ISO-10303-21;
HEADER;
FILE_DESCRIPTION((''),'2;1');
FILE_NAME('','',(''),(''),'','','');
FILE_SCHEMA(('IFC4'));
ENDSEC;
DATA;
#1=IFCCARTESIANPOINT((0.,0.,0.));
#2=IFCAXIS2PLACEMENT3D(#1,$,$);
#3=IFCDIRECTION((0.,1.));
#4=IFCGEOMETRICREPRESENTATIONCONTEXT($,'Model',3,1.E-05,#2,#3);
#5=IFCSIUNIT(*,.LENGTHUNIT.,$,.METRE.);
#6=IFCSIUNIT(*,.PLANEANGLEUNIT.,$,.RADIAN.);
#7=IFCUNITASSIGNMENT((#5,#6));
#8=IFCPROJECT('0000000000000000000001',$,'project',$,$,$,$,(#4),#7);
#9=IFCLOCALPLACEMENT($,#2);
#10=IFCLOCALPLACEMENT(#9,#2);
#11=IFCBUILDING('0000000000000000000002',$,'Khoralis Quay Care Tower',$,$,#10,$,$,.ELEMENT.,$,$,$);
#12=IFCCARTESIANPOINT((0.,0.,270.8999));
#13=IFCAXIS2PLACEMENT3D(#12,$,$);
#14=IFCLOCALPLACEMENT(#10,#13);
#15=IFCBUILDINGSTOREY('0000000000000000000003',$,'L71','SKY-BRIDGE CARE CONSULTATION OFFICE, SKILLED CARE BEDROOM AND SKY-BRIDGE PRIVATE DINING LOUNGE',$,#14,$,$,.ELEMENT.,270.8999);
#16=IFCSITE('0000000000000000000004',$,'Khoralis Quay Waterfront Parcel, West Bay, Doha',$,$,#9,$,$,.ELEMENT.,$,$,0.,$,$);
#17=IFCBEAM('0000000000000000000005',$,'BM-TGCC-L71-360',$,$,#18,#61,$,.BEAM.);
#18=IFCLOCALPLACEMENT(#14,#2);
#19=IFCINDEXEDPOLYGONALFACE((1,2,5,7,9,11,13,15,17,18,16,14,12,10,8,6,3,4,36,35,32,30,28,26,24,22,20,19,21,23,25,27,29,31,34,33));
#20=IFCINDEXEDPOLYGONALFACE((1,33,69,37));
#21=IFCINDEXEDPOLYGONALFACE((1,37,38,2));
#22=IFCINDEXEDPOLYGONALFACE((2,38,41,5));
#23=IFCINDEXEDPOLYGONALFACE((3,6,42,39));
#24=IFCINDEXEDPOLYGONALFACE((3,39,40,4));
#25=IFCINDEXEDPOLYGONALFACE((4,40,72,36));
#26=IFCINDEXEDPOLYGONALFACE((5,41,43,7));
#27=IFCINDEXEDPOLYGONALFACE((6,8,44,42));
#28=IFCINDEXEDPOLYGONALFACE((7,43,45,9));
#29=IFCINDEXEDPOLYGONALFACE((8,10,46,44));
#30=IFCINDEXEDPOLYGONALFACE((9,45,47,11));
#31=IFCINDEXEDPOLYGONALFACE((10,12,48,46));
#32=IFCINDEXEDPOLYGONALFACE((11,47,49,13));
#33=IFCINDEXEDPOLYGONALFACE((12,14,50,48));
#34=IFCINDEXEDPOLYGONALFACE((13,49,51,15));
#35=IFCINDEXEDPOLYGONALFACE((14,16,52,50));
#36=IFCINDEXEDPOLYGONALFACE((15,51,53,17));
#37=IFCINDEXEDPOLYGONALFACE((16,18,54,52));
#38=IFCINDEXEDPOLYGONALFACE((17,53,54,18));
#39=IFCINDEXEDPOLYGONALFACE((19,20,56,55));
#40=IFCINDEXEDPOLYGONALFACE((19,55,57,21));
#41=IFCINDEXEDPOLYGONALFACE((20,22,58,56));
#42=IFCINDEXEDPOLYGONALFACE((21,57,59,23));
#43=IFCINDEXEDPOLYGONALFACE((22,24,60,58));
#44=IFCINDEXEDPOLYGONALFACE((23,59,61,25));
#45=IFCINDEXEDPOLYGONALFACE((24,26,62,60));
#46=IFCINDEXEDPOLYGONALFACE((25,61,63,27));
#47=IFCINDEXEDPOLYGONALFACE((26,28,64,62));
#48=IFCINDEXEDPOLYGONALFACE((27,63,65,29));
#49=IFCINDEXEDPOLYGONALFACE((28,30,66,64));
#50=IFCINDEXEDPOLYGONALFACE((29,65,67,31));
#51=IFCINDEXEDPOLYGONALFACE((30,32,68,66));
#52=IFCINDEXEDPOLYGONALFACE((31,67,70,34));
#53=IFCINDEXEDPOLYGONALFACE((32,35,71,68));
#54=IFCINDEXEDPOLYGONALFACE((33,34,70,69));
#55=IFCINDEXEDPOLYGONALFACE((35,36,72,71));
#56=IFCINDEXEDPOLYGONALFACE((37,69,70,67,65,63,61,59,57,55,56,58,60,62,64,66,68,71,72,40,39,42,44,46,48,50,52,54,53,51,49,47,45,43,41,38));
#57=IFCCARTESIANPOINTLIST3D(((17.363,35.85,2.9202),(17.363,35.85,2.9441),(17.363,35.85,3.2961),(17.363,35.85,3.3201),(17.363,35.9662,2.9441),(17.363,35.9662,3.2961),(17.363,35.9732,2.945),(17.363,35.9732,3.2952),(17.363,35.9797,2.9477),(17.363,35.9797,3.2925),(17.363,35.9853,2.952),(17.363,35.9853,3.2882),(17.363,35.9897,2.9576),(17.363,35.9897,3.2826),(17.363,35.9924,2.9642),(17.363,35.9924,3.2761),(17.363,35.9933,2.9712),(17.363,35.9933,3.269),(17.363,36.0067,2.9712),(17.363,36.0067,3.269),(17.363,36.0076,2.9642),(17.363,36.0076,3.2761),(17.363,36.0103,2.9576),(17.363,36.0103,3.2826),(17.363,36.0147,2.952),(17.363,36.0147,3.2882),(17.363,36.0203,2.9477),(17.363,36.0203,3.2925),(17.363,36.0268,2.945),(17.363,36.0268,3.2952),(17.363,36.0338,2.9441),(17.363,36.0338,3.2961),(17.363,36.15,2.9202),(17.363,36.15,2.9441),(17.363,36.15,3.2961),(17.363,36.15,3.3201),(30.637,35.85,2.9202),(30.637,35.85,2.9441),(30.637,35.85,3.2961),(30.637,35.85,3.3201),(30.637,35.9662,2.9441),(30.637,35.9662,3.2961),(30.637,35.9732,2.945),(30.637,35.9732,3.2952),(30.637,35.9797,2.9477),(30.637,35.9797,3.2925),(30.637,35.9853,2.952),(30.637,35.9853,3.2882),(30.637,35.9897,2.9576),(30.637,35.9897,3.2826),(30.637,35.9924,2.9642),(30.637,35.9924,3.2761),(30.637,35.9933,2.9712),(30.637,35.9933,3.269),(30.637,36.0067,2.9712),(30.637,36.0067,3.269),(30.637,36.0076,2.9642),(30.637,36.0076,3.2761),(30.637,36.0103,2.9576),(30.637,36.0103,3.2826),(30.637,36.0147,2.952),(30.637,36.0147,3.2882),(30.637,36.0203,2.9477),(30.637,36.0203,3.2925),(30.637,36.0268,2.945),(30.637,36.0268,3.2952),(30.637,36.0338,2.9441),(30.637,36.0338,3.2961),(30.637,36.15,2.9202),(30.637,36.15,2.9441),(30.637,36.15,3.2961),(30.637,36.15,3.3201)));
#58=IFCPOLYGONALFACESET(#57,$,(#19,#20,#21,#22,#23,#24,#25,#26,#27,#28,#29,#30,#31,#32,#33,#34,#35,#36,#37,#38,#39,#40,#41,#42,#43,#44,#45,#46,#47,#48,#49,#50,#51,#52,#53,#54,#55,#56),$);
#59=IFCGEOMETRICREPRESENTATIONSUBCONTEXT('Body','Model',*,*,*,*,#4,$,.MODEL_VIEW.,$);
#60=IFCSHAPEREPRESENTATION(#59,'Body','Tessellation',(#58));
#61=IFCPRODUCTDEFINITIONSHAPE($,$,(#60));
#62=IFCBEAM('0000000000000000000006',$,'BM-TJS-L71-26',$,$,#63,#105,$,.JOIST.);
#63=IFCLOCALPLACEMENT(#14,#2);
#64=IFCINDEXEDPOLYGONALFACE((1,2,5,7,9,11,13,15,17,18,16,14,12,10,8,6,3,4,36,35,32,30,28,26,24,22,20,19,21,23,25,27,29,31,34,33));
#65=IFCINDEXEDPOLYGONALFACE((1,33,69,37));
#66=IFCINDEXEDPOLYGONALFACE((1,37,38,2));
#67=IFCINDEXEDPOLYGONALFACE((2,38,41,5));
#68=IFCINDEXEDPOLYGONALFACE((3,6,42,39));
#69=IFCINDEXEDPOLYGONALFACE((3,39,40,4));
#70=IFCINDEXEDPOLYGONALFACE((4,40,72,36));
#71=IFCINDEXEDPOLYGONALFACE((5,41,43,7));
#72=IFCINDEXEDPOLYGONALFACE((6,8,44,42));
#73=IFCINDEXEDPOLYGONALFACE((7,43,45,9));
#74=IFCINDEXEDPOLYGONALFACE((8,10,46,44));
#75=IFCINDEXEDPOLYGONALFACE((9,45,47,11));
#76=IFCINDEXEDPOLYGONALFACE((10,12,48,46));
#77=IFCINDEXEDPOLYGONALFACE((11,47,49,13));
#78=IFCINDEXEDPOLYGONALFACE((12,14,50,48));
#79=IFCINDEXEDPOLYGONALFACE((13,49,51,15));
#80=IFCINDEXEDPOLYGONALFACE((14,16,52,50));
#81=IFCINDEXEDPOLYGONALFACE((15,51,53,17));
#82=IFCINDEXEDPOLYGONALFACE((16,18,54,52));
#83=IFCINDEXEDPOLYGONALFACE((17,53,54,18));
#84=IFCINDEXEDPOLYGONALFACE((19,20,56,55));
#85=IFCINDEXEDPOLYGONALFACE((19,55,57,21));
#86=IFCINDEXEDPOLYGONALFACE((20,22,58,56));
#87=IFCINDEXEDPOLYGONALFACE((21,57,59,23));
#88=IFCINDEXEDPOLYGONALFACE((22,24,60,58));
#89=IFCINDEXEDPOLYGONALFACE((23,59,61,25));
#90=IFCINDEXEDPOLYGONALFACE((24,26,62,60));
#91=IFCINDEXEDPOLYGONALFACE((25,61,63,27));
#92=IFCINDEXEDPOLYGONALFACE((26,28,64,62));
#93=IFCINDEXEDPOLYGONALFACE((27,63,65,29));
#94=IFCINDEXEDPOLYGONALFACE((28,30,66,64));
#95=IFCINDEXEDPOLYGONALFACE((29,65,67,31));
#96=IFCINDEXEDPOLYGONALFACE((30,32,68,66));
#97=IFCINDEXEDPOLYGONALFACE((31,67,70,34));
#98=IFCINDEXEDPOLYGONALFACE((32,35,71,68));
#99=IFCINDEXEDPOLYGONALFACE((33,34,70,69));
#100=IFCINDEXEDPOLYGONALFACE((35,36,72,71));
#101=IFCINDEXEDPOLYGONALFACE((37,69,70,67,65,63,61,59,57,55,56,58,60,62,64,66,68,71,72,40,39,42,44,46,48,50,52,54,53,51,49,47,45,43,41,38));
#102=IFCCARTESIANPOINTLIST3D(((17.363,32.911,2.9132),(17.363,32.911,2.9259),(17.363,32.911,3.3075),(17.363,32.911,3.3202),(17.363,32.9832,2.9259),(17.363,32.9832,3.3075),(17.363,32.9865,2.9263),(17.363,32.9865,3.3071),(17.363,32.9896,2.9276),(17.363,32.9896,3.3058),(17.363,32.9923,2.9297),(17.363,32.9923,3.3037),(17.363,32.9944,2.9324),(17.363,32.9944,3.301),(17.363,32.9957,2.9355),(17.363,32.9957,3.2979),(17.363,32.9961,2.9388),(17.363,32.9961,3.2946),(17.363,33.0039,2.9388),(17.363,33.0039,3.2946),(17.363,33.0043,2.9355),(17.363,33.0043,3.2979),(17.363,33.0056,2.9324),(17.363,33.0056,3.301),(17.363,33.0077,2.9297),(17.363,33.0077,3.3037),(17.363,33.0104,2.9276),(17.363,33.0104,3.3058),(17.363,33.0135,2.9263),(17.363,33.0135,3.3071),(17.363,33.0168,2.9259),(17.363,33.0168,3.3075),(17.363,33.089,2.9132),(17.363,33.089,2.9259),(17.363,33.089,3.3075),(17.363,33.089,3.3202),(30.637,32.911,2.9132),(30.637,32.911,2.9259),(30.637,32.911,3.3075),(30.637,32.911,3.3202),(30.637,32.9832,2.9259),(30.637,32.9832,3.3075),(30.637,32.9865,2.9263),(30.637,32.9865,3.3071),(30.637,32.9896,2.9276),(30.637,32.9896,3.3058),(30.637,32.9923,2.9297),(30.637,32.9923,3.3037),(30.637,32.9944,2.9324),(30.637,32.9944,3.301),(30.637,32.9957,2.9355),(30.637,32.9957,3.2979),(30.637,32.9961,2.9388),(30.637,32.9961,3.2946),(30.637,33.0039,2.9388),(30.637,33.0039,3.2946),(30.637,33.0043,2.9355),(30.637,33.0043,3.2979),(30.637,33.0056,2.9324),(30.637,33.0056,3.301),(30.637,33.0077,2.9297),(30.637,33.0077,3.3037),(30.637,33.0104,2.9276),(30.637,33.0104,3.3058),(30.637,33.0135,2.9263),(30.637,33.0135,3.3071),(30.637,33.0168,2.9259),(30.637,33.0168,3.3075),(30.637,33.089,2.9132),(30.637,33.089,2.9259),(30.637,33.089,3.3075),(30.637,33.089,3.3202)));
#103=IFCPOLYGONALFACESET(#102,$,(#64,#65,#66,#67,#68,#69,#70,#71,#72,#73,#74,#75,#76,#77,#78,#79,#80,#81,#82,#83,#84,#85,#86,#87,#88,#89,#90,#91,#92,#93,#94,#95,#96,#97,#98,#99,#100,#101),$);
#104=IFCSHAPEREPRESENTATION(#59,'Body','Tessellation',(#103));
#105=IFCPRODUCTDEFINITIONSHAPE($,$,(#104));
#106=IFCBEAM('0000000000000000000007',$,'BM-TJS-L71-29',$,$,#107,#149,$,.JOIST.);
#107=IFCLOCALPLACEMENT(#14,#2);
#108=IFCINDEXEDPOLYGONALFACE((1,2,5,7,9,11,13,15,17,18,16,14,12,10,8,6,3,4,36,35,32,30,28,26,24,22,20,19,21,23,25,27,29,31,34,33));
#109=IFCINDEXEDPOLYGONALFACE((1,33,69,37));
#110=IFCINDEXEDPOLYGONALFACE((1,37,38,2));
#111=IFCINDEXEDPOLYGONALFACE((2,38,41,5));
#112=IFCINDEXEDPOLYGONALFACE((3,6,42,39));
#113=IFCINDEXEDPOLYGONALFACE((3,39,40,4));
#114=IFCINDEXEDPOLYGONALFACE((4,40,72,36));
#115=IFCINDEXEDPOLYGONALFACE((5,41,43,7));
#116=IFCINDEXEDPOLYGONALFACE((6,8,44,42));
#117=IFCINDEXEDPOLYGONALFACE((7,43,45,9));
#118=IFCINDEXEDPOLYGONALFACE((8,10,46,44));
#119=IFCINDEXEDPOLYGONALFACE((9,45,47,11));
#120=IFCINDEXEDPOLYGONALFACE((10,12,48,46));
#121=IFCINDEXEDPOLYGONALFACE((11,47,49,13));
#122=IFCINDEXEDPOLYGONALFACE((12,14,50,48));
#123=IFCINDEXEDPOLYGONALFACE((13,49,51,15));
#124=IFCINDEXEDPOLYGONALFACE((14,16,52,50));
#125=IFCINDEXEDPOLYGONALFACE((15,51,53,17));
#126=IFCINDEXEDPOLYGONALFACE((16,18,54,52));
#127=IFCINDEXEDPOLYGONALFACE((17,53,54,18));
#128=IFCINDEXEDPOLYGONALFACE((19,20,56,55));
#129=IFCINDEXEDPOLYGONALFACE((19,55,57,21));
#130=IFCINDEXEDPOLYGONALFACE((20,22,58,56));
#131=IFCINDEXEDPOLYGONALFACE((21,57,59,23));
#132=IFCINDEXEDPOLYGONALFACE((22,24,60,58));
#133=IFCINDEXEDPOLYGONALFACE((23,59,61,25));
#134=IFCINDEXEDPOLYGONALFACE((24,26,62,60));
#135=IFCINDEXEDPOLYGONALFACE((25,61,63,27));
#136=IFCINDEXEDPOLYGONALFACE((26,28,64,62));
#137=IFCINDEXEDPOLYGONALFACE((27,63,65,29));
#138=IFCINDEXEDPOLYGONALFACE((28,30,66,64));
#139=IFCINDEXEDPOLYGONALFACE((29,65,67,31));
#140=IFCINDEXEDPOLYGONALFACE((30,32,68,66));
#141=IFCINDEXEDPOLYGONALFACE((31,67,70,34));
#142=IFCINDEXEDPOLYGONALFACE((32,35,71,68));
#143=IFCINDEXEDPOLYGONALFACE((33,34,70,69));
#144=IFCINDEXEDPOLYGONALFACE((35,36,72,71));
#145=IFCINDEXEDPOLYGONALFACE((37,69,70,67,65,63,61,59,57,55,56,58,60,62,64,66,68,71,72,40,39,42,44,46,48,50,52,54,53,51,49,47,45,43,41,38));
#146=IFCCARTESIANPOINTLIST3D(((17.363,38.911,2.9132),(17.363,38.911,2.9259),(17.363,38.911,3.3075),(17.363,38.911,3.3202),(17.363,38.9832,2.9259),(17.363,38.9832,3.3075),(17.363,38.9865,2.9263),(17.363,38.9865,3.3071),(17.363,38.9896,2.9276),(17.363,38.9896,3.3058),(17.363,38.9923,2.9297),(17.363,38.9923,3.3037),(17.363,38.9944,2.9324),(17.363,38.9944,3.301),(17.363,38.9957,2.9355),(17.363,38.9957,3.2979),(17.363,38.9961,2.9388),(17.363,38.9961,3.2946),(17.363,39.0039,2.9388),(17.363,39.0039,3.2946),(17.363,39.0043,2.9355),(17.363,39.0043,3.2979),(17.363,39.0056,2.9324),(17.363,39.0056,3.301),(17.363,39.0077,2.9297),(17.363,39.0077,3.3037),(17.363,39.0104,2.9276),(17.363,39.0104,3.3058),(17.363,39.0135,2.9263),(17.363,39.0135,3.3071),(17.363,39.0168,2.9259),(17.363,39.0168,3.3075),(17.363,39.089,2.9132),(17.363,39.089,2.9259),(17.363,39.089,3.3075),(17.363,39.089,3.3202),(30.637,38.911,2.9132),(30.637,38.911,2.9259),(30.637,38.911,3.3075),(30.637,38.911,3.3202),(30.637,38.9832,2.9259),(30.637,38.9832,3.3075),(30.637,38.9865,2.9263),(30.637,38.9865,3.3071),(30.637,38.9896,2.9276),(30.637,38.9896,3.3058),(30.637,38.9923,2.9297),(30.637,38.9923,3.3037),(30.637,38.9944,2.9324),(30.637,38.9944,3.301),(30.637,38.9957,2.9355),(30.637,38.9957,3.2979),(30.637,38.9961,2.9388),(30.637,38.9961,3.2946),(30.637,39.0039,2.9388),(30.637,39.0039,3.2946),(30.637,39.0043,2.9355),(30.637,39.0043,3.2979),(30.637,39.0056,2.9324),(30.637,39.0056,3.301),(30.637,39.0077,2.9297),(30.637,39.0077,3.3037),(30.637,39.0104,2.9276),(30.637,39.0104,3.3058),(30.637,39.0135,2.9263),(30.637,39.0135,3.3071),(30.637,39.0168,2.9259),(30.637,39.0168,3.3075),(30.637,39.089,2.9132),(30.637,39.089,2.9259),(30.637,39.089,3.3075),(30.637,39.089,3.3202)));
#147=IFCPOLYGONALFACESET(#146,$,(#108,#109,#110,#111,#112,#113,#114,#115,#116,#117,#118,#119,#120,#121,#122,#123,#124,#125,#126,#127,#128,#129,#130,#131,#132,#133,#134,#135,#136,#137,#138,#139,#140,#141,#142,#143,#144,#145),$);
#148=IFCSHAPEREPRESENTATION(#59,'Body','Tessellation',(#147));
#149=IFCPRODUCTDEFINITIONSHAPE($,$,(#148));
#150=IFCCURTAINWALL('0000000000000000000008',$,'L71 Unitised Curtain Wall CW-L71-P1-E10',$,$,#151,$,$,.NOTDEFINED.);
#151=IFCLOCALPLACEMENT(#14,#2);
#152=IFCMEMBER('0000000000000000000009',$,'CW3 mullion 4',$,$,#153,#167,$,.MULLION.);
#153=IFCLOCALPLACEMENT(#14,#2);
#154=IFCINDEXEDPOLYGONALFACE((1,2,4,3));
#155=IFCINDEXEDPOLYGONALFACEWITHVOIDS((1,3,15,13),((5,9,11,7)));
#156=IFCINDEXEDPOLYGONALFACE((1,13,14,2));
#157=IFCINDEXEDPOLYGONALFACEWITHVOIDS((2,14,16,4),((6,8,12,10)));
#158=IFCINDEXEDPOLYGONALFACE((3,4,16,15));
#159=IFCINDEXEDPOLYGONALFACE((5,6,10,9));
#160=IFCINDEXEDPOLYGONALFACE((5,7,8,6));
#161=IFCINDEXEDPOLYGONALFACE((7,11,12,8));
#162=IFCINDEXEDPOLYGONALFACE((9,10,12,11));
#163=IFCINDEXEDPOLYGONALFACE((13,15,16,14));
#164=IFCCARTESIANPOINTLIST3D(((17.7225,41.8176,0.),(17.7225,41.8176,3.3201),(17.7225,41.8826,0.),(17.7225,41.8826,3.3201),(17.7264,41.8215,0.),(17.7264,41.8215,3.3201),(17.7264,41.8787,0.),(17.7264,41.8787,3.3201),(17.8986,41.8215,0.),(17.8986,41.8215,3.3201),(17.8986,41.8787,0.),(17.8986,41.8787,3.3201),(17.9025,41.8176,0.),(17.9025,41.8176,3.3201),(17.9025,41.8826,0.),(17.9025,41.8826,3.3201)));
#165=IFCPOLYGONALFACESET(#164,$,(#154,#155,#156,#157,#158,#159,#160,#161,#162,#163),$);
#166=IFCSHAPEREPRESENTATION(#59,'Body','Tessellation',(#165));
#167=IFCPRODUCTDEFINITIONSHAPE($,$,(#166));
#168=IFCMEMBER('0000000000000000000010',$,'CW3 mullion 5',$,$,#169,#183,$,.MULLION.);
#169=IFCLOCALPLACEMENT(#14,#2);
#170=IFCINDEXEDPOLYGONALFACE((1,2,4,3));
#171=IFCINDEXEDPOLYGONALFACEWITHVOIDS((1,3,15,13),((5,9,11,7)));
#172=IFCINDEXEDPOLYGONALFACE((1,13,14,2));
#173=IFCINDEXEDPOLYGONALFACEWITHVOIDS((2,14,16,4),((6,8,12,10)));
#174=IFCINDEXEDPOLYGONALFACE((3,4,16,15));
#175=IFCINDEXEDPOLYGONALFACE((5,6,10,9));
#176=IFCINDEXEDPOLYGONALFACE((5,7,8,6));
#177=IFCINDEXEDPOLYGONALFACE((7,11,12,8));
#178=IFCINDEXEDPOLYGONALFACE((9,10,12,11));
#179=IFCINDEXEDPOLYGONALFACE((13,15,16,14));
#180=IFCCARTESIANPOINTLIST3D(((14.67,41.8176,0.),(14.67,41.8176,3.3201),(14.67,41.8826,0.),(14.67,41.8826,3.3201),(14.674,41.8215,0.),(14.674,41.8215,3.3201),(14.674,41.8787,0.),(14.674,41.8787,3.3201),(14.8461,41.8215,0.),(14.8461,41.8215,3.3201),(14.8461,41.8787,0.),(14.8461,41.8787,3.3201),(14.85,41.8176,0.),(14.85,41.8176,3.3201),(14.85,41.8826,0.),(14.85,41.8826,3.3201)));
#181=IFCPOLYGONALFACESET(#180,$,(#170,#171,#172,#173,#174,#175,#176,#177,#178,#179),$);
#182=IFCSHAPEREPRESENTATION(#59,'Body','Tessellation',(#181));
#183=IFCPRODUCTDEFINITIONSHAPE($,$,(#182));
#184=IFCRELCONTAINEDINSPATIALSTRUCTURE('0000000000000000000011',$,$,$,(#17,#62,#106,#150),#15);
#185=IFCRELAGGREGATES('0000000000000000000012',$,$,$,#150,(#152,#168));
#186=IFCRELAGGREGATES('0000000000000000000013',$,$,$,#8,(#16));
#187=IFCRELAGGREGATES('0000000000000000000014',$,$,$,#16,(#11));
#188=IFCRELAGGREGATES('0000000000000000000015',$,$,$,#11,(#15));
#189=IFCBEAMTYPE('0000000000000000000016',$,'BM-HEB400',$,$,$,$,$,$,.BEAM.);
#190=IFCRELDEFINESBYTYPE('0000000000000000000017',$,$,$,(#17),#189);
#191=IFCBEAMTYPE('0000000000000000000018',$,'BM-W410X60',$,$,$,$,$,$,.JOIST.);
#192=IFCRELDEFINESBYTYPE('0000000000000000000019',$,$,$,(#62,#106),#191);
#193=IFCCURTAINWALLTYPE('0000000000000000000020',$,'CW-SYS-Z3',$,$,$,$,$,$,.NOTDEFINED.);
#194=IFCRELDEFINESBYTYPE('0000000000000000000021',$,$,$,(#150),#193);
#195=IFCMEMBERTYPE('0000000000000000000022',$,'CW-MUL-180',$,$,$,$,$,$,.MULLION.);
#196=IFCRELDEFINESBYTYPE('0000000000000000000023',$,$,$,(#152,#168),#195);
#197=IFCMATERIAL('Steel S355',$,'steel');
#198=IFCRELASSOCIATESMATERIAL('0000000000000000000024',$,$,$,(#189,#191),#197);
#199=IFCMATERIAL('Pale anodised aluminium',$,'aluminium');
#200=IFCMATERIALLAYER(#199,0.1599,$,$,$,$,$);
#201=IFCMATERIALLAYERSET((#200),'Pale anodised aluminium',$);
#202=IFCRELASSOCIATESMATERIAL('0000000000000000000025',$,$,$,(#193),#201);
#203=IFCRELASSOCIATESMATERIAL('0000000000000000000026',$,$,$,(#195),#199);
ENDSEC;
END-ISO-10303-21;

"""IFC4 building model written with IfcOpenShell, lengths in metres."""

from ifc_helpers import new_model, si_unit, direction, frame, origin, origin_2d, place, context, subcontext, project, spatial, hollow_rectangle, i_section, extrude, source, transform, mapped, material, layer, layer_set, material_profile, profile_set, type_object, element, aggregate, save


model = new_model("IFC4")

# Units and contexts
model_context = context("Model", 3, precision=1e-05, world=origin(), true_north=direction((0.0, 1.0)))
body_context = subcontext(model_context, "Body", "Model", "MODEL_VIEW")
ifc_project = project(units=[si_unit("LENGTHUNIT", "METRE"), si_unit("PLANEANGLEUNIT", "RADIAN")], contexts=[model_context])

# Site, building, storey
site_placement = place(None, origin())
site = spatial("IfcSite", under=ifc_project, at=site_placement, Name="Khoralis Quay Waterfront Parcel, West Bay, Doha", CompositionType="ELEMENT", RefElevation=0.0)
building_placement = place(site_placement, origin())
building = spatial("IfcBuilding", under=site, at=building_placement, Name="Khoralis Quay Care Tower", CompositionType="ELEMENT")
storey_placement = place(building_placement, frame((0.0, 0.0, 270.8999)))
storey = spatial("IfcBuildingStorey", under=building, at=storey_placement, Name="L71", Description="SKY-BRIDGE CARE CONSULTATION OFFICE, SKILLED CARE BEDROOM AND SKY-BRIDGE PRIVATE DINING LOUNGE", CompositionType="ELEMENT", Elevation=270.8999)

# Beams
ifc_material_1 = material(Name="Steel S355", Category="steel")
ifc_material_profile_1 = material_profile(ifc_material_1, i_section(OverallWidth=0.3, OverallDepth=0.3999, WebThickness=0.0134, FlangeThickness=0.0239, FilletRadius=0.0271, at=origin_2d()), Name="Steel S355")
ifc_profile_set_1 = profile_set([ifc_material_profile_1], Name="Steel S355")
beam_type_1 = type_object("IfcBeamType", Name="BM-HEB400", PredefinedType="BEAM", material=ifc_profile_set_1)
shared_shape_1 = source(origin(), body_context, "Body", "SweptSolid", [
    extrude(i_section(OverallWidth=0.3, OverallDepth=0.3999, WebThickness=0.0134, FlangeThickness=0.0239, FilletRadius=0.0271, at=origin_2d()), origin(), (0.0, 0.0, 1.0), 13.2739),
])
beam_1_placement = place(storey_placement, frame((17.363, 36.0, 3.1201), z_axis=(1.0, 0.0, 0.0), x_axis=(0.0, 1.0, 0.0)))
element("IfcBeam", 1, at=beam_1_placement, inside=storey, type_object=beam_type_1, Name="BM-TGCC-L71-360", PredefinedType="BEAM", context=body_context, shape_type="MappedRepresentation", body=[
    mapped(shared_shape_1, transform((0.0, 0.0, 0.0), scale=1.0)),
])
ifc_material_profile_2 = material_profile(ifc_material_1, i_section(OverallWidth=0.178, OverallDepth=0.407, WebThickness=0.0078, FlangeThickness=0.0127, FilletRadius=0.0129, at=origin_2d()), Name="Steel S355")
ifc_profile_set_2 = profile_set([ifc_material_profile_2], Name="Steel S355")
beam_type_2 = type_object("IfcBeamType", Name="BM-W410X60", PredefinedType="JOIST", material=ifc_profile_set_2)
shared_shape_2 = source(origin(), body_context, "Body", "SweptSolid", [
    extrude(i_section(OverallWidth=0.178, OverallDepth=0.407, WebThickness=0.0078, FlangeThickness=0.0127, FilletRadius=0.0129, at=origin_2d()), origin(), (0.0, 0.0, 1.0), 13.2739),
])
for number, where, z_axis, x_axis, name in (
    (2, (17.363, 33.0, 3.1167), (1.0, 0.0, 0.0), (0.0, 1.0, 0.0), "BM-TJS-L71-26"),
    (3, (17.363, 39.0, 3.1167), (1.0, 0.0, 0.0), (0.0, 1.0, 0.0), "BM-TJS-L71-29"),
):
    element("IfcBeam", number, at=place(storey_placement, frame(where, z_axis=z_axis, x_axis=x_axis)), inside=storey, type_object=beam_type_2, Name=name, PredefinedType="JOIST", context=body_context, shape_type="MappedRepresentation", body=[
        mapped(shared_shape_2, transform((0.0, 0.0, 0.0), scale=1.0)),
    ])

# Curtain wall, members
ifc_material_2 = material(Name="Pale anodised aluminium", Category="aluminium")
ifc_layer_1 = layer(ifc_material_2, 0.1599)
ifc_layer_set_1 = layer_set([ifc_layer_1], Name="Pale anodised aluminium")
curtain_wall_type = type_object("IfcCurtainWallType", Name="CW-SYS-Z3", PredefinedType="NOTDEFINED", material=ifc_layer_set_1)
curtain_wall_placement = place(storey_placement, origin())
curtain_wall = element("IfcCurtainWall", 4, at=curtain_wall_placement, inside=storey, type_object=curtain_wall_type, Name="L71 Unitised Curtain Wall CW-L71-P1-E10", PredefinedType="NOTDEFINED")
ifc_material_profile_3 = material_profile(ifc_material_2, hollow_rectangle(XDim=0.0649, YDim=0.1799, WallThickness=0.0039, at=origin_2d()), Name="Pale anodised aluminium")
ifc_profile_set_3 = profile_set([ifc_material_profile_3], Name="Pale anodised aluminium")
member_type_1 = type_object("IfcMemberType", Name="CW-MUL-180", PredefinedType="MULLION", material=ifc_profile_set_3)
shared_shape_3 = source(origin(), body_context, "Body", "SweptSolid", [
    extrude(hollow_rectangle(XDim=0.0649, YDim=0.1799, WallThickness=0.0039, at=origin_2d()), origin(), (0.0, 0.0, 1.0), 3.3201),
])
member_1_placement = place(storey_placement, frame((17.8125, 41.8501, 0.0), z_axis=(0.0, 0.0, 1.0), x_axis=(0.0, -1.0, 0.0)))
member_1 = element("IfcMember", 5, at=member_1_placement, type_object=member_type_1, Name="CW3 mullion 4", PredefinedType="MULLION", context=body_context, shape_type="MappedRepresentation", body=[
    mapped(shared_shape_3, transform((0.0, 0.0, 0.0), scale=1.0)),
])
member_2_placement = place(storey_placement, frame((14.76, 41.8501, 0.0), z_axis=(0.0, 0.0, 1.0), x_axis=(0.0, -1.0, 0.0)))
member_2 = element("IfcMember", 6, at=member_2_placement, type_object=member_type_1, Name="CW3 mullion 5", PredefinedType="MULLION", context=body_context, shape_type="MappedRepresentation", body=[
    mapped(shared_shape_3, transform((0.0, 0.0, 0.0), scale=1.0)),
])

aggregate(curtain_wall, [member_1, member_2])

save(model, "model.ifc")
